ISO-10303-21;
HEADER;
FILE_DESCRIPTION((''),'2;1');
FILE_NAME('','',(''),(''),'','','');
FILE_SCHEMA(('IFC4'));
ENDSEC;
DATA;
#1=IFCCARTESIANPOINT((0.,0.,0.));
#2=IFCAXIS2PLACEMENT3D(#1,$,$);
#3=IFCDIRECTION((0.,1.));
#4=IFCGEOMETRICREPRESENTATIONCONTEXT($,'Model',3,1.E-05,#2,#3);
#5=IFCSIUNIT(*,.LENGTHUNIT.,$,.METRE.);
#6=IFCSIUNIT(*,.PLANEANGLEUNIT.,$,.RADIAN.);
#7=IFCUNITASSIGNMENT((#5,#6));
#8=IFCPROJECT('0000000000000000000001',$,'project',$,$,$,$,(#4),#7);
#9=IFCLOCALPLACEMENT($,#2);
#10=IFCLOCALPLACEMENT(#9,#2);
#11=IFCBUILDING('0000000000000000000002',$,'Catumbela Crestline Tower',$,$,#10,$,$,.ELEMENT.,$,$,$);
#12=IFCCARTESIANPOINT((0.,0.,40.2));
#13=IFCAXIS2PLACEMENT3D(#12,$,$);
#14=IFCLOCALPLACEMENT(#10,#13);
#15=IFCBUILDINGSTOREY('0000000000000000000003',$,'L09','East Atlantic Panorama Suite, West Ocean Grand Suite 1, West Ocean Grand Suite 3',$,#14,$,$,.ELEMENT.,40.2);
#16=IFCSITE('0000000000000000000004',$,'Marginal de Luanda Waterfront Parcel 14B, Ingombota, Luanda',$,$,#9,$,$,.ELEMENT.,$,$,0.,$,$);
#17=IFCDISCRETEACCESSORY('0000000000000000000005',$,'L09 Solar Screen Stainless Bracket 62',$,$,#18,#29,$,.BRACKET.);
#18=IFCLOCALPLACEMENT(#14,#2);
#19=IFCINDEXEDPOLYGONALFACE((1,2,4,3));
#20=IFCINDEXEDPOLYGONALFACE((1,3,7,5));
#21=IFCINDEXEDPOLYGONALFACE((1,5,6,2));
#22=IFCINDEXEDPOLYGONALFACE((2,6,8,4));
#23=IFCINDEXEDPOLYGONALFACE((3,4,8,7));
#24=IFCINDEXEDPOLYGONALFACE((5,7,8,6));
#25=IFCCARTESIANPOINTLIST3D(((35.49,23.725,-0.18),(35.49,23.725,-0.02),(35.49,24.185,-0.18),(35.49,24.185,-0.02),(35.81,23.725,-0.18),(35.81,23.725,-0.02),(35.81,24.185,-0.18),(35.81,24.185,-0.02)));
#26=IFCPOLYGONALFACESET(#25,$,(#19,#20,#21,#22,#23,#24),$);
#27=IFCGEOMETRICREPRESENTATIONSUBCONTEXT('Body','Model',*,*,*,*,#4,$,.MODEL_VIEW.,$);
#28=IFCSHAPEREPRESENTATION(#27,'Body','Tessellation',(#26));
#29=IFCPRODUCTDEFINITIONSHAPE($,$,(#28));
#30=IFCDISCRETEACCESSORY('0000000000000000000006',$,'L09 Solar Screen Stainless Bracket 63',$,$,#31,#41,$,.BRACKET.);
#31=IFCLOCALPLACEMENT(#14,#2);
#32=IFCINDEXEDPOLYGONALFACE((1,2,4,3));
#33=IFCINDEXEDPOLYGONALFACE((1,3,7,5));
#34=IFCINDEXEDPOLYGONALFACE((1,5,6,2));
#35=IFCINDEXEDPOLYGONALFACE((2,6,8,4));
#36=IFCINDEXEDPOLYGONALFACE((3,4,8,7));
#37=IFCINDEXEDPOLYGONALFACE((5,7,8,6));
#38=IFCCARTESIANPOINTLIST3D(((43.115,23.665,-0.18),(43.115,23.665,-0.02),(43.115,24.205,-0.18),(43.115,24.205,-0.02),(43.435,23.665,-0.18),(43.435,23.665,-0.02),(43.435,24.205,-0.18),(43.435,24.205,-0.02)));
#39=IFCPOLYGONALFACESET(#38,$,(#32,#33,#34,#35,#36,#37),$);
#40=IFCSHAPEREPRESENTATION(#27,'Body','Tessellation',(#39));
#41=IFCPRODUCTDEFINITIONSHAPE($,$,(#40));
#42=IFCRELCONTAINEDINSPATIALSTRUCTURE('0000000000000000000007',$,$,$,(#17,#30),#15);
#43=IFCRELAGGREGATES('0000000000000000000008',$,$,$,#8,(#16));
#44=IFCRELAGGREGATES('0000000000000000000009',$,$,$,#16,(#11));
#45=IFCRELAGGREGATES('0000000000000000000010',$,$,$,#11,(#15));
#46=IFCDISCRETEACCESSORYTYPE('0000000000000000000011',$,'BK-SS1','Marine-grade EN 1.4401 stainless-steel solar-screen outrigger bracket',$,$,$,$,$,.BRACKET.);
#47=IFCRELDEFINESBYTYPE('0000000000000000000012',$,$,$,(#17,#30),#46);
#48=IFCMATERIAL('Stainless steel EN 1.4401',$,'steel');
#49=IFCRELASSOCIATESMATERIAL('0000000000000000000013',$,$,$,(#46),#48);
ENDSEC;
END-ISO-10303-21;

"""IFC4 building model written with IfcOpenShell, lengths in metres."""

from ifc_helpers import new_model, si_unit, direction, frame, origin, origin_2d, place, context, subcontext, project, spatial, rectangle, extrude, material, type_object, element, save


model = new_model("IFC4")

# Units and contexts
model_context = context("Model", 3, precision=1e-05, world=origin(), true_north=direction((0.0, 1.0)))
body_context = subcontext(model_context, "Body", "Model", "MODEL_VIEW")
ifc_project = project(units=[si_unit("LENGTHUNIT", "METRE"), si_unit("PLANEANGLEUNIT", "RADIAN")], contexts=[model_context])

# Site, building, storey
site_placement = place(None, origin())
site = spatial("IfcSite", under=ifc_project, at=site_placement, Name="Marginal de Luanda Waterfront Parcel 14B, Ingombota, Luanda", CompositionType="ELEMENT", RefElevation=0.0)
building_placement = place(site_placement, origin())
building = spatial("IfcBuilding", under=site, at=building_placement, Name="Catumbela Crestline Tower", CompositionType="ELEMENT")
storey_placement = place(building_placement, frame((0.0, 0.0, 40.2)))
storey = spatial("IfcBuildingStorey", under=building, at=storey_placement, Name="L09", Description="East Atlantic Panorama Suite, West Ocean Grand Suite 1, West Ocean Grand Suite 3", CompositionType="ELEMENT", Elevation=40.2)

# Discrete accessories
ifc_material_1 = material(Name="Stainless steel EN 1.4401", Category="steel")
discrete_accessory_type = type_object("IfcDiscreteAccessoryType", Name="BK-SS1", Description="Marine-grade EN 1.4401 stainless-steel solar-screen outrigger bracket", PredefinedType="BRACKET", material=ifc_material_1)
discrete_accessory_1_placement = place(storey_placement, frame((35.65, 23.955, -0.18), z_axis=(0.0, 0.0, 1.0), x_axis=(1.0, 0.0, 0.0)))
element("IfcDiscreteAccessory", 1, at=discrete_accessory_1_placement, inside=storey, type_object=discrete_accessory_type, Name="L09 Solar Screen Stainless Bracket 62", PredefinedType="BRACKET", context=body_context, shape_type="SweptSolid", body=[
    extrude(rectangle(XDim=0.32, YDim=0.46, at=origin_2d()), origin(), (0.0, 0.0, 1.0), 0.16),
])
discrete_accessory_2_placement = place(storey_placement, frame((43.275, 23.935, -0.18), z_axis=(0.0, 0.0, 1.0), x_axis=(1.0, 0.0, 0.0)))
element("IfcDiscreteAccessory", 2, at=discrete_accessory_2_placement, inside=storey, type_object=discrete_accessory_type, Name="L09 Solar Screen Stainless Bracket 63", PredefinedType="BRACKET", context=body_context, shape_type="SweptSolid", body=[
    extrude(rectangle(XDim=0.32, YDim=0.54, at=origin_2d()), origin(), (0.0, 0.0, 1.0), 0.16),
])

save(model, "model.ifc")
